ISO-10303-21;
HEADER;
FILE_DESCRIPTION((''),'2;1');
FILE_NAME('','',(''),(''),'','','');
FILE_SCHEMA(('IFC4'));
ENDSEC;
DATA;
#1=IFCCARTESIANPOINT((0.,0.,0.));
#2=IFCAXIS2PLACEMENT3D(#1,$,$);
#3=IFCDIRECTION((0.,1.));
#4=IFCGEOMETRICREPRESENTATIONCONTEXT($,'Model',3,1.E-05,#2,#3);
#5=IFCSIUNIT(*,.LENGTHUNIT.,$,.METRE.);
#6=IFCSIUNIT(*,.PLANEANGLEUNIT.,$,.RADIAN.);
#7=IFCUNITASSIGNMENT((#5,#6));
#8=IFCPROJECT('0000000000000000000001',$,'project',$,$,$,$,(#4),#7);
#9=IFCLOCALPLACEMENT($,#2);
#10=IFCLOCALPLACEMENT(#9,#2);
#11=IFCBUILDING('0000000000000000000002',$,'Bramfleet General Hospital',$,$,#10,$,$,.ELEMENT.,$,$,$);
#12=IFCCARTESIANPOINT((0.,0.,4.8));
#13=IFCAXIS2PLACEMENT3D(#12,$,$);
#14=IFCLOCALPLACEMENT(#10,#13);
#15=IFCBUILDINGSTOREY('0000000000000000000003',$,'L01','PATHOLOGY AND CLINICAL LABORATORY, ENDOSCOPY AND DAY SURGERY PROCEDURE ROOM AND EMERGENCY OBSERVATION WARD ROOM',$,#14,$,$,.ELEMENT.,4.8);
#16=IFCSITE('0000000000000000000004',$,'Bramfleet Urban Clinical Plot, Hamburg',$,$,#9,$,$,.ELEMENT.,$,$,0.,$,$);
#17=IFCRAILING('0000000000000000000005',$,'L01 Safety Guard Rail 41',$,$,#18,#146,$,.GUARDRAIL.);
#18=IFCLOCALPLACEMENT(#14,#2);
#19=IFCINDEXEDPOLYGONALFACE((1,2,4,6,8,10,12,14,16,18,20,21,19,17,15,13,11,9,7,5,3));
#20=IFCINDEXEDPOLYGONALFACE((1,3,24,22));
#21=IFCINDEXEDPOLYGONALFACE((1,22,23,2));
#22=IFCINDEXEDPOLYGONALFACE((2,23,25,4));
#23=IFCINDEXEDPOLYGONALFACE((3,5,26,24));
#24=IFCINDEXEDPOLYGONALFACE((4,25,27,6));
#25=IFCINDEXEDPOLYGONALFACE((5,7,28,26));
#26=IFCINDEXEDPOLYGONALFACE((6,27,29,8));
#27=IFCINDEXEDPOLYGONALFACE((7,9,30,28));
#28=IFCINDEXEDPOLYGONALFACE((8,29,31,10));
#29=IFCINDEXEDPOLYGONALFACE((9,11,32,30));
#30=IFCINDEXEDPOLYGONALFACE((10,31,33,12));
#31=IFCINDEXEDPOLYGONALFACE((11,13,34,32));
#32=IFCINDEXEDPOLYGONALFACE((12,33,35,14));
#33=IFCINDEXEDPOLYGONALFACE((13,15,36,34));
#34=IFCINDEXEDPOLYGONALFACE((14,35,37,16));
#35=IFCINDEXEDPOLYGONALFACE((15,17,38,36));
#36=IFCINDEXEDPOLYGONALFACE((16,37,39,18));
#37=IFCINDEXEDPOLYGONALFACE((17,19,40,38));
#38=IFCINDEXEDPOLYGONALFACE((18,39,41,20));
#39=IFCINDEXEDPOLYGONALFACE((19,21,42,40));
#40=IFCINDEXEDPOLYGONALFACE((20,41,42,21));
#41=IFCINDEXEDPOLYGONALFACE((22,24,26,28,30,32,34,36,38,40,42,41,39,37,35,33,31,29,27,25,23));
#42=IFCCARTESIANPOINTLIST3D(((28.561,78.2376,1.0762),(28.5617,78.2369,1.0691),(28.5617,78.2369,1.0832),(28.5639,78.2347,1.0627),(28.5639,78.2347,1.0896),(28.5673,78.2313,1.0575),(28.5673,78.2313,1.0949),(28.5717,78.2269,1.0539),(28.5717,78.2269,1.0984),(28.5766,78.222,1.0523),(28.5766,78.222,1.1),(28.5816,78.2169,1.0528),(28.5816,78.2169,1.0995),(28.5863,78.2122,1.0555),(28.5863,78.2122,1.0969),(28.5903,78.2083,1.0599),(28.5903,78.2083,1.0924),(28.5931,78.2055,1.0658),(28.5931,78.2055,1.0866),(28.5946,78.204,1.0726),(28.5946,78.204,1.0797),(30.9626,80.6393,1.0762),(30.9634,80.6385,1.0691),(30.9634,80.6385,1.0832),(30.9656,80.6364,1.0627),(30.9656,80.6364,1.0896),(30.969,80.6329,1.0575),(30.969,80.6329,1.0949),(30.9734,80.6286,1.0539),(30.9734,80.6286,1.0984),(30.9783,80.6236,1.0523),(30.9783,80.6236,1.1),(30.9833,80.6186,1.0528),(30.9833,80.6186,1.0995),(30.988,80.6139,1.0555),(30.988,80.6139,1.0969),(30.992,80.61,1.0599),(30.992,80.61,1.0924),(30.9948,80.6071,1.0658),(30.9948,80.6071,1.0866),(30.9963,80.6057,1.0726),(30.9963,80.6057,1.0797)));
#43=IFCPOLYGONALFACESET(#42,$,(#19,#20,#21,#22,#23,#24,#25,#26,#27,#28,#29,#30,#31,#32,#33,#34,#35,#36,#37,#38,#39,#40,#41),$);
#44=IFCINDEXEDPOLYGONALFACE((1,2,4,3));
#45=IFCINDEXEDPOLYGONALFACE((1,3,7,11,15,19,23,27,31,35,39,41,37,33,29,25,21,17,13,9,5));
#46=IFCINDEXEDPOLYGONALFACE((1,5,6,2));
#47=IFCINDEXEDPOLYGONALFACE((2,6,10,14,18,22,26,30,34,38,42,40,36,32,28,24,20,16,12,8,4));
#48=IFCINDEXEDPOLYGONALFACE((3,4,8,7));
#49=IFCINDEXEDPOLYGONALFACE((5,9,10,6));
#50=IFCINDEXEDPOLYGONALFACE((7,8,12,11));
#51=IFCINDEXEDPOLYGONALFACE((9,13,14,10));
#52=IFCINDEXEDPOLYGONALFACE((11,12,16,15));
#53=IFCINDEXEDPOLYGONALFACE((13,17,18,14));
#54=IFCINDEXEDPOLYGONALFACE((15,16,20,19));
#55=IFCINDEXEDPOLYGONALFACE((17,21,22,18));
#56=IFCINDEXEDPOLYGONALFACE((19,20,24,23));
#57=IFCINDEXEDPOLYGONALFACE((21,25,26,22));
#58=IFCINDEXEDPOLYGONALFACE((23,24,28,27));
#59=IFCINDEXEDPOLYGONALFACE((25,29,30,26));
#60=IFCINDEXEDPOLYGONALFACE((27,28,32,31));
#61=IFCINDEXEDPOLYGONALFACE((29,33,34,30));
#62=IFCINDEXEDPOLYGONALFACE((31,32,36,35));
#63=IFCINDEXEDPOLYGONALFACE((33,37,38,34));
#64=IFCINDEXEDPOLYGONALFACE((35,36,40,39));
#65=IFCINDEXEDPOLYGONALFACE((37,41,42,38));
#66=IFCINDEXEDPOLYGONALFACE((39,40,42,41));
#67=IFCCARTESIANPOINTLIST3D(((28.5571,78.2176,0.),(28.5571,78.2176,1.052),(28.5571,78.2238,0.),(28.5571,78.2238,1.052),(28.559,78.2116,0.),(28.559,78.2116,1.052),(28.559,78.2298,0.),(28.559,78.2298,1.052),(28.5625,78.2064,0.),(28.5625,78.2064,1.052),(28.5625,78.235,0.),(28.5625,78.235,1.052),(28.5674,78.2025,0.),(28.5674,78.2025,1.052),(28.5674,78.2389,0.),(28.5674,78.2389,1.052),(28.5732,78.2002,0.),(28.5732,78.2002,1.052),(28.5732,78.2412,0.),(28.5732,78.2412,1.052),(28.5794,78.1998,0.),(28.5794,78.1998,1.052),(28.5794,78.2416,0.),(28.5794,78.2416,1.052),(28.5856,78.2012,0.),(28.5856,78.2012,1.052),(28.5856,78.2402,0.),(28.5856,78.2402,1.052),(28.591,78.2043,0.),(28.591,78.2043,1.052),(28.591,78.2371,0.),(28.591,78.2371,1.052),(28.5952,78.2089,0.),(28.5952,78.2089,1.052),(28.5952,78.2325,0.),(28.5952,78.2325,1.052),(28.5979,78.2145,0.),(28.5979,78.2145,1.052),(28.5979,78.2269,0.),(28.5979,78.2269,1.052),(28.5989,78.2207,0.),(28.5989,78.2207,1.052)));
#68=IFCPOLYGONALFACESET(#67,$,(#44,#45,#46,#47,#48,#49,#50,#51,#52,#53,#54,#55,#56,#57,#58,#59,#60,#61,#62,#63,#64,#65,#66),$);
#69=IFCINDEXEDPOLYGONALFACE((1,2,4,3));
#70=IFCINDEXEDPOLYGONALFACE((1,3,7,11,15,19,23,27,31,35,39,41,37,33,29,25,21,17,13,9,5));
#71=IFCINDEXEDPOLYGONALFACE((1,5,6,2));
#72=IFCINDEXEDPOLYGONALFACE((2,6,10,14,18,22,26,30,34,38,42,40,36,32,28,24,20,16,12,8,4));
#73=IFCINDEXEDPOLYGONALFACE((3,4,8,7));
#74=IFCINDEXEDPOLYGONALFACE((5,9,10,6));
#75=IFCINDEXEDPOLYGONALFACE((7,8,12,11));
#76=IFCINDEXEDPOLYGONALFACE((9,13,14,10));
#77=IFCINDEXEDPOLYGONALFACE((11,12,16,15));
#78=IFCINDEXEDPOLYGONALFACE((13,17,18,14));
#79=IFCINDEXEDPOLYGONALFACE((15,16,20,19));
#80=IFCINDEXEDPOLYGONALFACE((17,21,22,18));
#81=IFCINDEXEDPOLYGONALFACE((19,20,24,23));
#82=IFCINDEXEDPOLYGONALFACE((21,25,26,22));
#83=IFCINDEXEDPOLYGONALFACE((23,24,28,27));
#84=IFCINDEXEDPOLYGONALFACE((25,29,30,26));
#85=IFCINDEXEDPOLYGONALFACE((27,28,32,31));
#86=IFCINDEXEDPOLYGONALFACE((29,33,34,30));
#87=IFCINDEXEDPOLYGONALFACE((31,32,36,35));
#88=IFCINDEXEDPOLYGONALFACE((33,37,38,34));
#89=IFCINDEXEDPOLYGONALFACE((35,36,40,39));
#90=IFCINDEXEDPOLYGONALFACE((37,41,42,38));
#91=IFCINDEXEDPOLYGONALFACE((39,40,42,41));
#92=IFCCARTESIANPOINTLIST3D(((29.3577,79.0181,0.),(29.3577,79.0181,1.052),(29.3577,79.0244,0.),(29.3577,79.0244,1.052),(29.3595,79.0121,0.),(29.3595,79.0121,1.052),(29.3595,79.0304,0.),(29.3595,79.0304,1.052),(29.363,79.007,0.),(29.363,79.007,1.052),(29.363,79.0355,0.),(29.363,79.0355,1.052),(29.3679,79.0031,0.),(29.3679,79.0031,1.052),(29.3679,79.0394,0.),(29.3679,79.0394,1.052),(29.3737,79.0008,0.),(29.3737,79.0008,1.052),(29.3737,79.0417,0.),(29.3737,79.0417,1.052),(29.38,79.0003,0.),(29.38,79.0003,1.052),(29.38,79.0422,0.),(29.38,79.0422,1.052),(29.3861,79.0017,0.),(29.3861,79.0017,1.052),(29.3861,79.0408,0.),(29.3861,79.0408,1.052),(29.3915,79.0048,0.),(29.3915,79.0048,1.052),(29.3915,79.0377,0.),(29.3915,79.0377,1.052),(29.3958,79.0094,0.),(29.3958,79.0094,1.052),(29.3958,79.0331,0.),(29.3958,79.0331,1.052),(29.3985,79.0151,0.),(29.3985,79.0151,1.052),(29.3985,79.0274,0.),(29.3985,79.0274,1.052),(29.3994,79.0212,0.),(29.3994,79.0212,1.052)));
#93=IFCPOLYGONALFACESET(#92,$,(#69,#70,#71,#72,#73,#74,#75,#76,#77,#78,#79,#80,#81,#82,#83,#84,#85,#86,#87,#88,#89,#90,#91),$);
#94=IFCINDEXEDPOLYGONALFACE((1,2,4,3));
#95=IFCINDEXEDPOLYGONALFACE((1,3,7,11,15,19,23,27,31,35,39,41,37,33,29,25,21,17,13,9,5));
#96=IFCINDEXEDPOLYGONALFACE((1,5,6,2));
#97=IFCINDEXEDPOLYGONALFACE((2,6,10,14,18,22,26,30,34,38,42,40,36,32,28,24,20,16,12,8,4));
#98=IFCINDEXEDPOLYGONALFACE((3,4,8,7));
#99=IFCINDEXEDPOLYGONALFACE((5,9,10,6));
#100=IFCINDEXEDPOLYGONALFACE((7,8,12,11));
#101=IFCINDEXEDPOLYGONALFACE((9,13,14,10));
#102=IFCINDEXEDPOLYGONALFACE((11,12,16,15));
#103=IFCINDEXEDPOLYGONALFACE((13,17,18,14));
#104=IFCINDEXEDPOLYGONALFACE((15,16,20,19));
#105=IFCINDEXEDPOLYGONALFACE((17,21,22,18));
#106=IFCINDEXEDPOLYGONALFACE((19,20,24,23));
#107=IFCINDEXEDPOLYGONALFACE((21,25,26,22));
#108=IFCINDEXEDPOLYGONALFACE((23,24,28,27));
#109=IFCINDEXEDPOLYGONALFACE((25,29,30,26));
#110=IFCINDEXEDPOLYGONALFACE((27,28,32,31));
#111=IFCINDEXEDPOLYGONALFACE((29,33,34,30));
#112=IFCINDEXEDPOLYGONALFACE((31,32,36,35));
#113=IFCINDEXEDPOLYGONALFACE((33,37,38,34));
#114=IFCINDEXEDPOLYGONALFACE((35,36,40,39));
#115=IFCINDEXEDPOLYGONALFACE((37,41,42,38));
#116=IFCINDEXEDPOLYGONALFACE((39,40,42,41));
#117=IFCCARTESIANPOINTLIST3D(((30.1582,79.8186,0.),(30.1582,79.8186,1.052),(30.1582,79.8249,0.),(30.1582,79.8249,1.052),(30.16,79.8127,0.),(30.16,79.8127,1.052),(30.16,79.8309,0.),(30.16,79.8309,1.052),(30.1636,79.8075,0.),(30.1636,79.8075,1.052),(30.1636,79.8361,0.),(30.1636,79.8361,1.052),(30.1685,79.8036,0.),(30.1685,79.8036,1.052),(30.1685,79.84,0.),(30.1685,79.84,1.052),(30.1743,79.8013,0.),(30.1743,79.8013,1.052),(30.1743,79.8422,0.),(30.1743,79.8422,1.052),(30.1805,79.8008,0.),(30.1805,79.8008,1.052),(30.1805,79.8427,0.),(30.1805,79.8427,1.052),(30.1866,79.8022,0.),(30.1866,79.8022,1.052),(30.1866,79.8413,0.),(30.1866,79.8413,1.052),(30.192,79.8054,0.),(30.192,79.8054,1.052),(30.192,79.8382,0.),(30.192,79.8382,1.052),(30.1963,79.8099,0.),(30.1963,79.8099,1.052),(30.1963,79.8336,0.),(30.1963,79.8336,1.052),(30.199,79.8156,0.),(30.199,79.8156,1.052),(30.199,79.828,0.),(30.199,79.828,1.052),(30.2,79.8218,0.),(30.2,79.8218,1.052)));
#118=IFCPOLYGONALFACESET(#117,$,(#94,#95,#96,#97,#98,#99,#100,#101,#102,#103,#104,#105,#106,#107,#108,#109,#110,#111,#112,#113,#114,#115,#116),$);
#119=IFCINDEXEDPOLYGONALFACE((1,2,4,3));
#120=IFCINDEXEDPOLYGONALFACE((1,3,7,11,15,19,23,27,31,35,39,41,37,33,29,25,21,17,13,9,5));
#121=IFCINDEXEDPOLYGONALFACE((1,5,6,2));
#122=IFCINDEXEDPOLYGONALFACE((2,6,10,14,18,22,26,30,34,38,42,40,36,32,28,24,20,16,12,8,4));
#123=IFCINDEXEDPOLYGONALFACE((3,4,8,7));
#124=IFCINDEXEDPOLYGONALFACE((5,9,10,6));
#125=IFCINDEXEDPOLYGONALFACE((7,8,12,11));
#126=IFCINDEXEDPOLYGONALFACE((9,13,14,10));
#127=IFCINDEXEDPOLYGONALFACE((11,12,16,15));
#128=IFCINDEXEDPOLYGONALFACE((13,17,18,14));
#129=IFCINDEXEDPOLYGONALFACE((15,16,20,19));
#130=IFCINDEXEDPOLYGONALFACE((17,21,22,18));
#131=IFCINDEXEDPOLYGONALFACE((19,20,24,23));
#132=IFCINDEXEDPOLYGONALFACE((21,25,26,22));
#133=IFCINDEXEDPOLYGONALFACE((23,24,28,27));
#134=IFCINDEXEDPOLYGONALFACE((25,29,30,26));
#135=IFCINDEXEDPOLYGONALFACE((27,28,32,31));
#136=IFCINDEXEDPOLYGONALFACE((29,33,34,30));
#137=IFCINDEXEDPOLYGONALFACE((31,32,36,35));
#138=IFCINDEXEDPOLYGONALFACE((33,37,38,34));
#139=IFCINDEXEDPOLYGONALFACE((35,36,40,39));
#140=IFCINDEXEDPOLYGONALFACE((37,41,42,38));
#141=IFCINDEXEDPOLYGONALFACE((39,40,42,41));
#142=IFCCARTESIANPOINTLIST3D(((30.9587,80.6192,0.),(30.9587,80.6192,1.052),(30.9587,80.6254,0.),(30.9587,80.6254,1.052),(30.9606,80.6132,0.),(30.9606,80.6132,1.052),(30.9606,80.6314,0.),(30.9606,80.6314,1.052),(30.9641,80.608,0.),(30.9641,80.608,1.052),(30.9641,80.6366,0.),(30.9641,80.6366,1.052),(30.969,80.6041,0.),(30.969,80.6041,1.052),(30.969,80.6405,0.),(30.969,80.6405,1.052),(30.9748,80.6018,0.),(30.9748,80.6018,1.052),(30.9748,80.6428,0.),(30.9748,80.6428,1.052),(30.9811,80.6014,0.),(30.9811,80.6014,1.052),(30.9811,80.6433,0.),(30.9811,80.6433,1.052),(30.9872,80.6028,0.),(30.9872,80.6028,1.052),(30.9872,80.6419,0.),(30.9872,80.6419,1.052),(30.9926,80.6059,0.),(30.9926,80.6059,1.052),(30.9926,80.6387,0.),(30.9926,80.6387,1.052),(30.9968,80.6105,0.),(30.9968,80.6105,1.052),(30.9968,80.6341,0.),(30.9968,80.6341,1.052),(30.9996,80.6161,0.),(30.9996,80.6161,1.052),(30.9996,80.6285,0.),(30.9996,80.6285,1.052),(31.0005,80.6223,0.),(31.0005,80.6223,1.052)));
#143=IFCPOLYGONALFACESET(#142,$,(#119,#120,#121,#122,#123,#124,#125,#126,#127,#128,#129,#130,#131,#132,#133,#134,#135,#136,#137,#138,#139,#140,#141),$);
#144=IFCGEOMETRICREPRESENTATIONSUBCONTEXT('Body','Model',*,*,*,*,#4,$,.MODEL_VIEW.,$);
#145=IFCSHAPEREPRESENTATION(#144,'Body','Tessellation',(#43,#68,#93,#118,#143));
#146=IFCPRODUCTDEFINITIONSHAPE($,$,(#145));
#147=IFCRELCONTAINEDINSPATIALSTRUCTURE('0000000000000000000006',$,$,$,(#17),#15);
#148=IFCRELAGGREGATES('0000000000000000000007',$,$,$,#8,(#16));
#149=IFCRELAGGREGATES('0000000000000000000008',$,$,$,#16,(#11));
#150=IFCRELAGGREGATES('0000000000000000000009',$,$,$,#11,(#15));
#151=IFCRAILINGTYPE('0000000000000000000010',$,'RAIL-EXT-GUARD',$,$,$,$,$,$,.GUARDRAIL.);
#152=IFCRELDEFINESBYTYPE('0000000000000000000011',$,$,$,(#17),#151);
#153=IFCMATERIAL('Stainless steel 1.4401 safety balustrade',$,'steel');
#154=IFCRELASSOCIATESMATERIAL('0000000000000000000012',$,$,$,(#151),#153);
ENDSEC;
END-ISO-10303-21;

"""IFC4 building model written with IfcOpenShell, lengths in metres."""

from ifc_helpers import new_model, si_unit, direction, frame, origin, origin_2d, place, context, subcontext, project, spatial, circle, extrude, material, type_object, element, save


model = new_model("IFC4")

# Units and contexts
model_context = context("Model", 3, precision=1e-05, world=origin(), true_north=direction((0.0, 1.0)))
body_context = subcontext(model_context, "Body", "Model", "MODEL_VIEW")
ifc_project = project(units=[si_unit("LENGTHUNIT", "METRE"), si_unit("PLANEANGLEUNIT", "RADIAN")], contexts=[model_context])

# Site, building, storey
site_placement = place(None, origin())
site = spatial("IfcSite", under=ifc_project, at=site_placement, Name="Bramfleet Urban Clinical Plot, Hamburg", CompositionType="ELEMENT", RefElevation=0.0)
building_placement = place(site_placement, origin())
building = spatial("IfcBuilding", under=site, at=building_placement, Name="Bramfleet General Hospital", CompositionType="ELEMENT")
storey_placement = place(building_placement, frame((0.0, 0.0, 4.8)))
storey = spatial("IfcBuildingStorey", under=building, at=storey_placement, Name="L01", Description="PATHOLOGY AND CLINICAL LABORATORY, ENDOSCOPY AND DAY SURGERY PROCEDURE ROOM AND EMERGENCY OBSERVATION WARD ROOM", CompositionType="ELEMENT", Elevation=4.8)

# Railing
ifc_material_1 = material(Name="Stainless steel 1.4401 safety balustrade", Category="steel")
railing_type = type_object("IfcRailingType", Name="RAIL-EXT-GUARD", PredefinedType="GUARDRAIL", material=ifc_material_1)
railing_1_placement = place(storey_placement, frame((28.5779, 78.2207, 0.0)))
element("IfcRailing", 1, at=railing_1_placement, inside=storey, type_object=railing_type, Name="L01 Safety Guard Rail 41", PredefinedType="GUARDRAIL", context=body_context, shape_type="SweptSolid", body=[
    extrude(circle(Radius=0.0239, at=origin_2d()), frame((0.0, 0.0, 1.0762), z_axis=(0.707107, 0.707107, 0.0), x_axis=(-0.707107, 0.707107, 0.0)), (0.0, 0.0, 1.0), 3.3965),
    extrude(circle(Radius=0.021, at=origin_2d()), origin(), (0.0, 0.0, 1.0), 1.052),
    extrude(circle(Radius=0.021, at=origin_2d()), frame((0.8005, 0.8005, 0.0)), (0.0, 0.0, 1.0), 1.052),
    extrude(circle(Radius=0.021, at=origin_2d()), frame((1.6011, 1.6011, 0.0)), (0.0, 0.0, 1.0), 1.052),
    extrude(circle(Radius=0.021, at=origin_2d()), frame((2.4016, 2.4016, 0.0)), (0.0, 0.0, 1.0), 1.052),
])

save(model, "model.ifc")
